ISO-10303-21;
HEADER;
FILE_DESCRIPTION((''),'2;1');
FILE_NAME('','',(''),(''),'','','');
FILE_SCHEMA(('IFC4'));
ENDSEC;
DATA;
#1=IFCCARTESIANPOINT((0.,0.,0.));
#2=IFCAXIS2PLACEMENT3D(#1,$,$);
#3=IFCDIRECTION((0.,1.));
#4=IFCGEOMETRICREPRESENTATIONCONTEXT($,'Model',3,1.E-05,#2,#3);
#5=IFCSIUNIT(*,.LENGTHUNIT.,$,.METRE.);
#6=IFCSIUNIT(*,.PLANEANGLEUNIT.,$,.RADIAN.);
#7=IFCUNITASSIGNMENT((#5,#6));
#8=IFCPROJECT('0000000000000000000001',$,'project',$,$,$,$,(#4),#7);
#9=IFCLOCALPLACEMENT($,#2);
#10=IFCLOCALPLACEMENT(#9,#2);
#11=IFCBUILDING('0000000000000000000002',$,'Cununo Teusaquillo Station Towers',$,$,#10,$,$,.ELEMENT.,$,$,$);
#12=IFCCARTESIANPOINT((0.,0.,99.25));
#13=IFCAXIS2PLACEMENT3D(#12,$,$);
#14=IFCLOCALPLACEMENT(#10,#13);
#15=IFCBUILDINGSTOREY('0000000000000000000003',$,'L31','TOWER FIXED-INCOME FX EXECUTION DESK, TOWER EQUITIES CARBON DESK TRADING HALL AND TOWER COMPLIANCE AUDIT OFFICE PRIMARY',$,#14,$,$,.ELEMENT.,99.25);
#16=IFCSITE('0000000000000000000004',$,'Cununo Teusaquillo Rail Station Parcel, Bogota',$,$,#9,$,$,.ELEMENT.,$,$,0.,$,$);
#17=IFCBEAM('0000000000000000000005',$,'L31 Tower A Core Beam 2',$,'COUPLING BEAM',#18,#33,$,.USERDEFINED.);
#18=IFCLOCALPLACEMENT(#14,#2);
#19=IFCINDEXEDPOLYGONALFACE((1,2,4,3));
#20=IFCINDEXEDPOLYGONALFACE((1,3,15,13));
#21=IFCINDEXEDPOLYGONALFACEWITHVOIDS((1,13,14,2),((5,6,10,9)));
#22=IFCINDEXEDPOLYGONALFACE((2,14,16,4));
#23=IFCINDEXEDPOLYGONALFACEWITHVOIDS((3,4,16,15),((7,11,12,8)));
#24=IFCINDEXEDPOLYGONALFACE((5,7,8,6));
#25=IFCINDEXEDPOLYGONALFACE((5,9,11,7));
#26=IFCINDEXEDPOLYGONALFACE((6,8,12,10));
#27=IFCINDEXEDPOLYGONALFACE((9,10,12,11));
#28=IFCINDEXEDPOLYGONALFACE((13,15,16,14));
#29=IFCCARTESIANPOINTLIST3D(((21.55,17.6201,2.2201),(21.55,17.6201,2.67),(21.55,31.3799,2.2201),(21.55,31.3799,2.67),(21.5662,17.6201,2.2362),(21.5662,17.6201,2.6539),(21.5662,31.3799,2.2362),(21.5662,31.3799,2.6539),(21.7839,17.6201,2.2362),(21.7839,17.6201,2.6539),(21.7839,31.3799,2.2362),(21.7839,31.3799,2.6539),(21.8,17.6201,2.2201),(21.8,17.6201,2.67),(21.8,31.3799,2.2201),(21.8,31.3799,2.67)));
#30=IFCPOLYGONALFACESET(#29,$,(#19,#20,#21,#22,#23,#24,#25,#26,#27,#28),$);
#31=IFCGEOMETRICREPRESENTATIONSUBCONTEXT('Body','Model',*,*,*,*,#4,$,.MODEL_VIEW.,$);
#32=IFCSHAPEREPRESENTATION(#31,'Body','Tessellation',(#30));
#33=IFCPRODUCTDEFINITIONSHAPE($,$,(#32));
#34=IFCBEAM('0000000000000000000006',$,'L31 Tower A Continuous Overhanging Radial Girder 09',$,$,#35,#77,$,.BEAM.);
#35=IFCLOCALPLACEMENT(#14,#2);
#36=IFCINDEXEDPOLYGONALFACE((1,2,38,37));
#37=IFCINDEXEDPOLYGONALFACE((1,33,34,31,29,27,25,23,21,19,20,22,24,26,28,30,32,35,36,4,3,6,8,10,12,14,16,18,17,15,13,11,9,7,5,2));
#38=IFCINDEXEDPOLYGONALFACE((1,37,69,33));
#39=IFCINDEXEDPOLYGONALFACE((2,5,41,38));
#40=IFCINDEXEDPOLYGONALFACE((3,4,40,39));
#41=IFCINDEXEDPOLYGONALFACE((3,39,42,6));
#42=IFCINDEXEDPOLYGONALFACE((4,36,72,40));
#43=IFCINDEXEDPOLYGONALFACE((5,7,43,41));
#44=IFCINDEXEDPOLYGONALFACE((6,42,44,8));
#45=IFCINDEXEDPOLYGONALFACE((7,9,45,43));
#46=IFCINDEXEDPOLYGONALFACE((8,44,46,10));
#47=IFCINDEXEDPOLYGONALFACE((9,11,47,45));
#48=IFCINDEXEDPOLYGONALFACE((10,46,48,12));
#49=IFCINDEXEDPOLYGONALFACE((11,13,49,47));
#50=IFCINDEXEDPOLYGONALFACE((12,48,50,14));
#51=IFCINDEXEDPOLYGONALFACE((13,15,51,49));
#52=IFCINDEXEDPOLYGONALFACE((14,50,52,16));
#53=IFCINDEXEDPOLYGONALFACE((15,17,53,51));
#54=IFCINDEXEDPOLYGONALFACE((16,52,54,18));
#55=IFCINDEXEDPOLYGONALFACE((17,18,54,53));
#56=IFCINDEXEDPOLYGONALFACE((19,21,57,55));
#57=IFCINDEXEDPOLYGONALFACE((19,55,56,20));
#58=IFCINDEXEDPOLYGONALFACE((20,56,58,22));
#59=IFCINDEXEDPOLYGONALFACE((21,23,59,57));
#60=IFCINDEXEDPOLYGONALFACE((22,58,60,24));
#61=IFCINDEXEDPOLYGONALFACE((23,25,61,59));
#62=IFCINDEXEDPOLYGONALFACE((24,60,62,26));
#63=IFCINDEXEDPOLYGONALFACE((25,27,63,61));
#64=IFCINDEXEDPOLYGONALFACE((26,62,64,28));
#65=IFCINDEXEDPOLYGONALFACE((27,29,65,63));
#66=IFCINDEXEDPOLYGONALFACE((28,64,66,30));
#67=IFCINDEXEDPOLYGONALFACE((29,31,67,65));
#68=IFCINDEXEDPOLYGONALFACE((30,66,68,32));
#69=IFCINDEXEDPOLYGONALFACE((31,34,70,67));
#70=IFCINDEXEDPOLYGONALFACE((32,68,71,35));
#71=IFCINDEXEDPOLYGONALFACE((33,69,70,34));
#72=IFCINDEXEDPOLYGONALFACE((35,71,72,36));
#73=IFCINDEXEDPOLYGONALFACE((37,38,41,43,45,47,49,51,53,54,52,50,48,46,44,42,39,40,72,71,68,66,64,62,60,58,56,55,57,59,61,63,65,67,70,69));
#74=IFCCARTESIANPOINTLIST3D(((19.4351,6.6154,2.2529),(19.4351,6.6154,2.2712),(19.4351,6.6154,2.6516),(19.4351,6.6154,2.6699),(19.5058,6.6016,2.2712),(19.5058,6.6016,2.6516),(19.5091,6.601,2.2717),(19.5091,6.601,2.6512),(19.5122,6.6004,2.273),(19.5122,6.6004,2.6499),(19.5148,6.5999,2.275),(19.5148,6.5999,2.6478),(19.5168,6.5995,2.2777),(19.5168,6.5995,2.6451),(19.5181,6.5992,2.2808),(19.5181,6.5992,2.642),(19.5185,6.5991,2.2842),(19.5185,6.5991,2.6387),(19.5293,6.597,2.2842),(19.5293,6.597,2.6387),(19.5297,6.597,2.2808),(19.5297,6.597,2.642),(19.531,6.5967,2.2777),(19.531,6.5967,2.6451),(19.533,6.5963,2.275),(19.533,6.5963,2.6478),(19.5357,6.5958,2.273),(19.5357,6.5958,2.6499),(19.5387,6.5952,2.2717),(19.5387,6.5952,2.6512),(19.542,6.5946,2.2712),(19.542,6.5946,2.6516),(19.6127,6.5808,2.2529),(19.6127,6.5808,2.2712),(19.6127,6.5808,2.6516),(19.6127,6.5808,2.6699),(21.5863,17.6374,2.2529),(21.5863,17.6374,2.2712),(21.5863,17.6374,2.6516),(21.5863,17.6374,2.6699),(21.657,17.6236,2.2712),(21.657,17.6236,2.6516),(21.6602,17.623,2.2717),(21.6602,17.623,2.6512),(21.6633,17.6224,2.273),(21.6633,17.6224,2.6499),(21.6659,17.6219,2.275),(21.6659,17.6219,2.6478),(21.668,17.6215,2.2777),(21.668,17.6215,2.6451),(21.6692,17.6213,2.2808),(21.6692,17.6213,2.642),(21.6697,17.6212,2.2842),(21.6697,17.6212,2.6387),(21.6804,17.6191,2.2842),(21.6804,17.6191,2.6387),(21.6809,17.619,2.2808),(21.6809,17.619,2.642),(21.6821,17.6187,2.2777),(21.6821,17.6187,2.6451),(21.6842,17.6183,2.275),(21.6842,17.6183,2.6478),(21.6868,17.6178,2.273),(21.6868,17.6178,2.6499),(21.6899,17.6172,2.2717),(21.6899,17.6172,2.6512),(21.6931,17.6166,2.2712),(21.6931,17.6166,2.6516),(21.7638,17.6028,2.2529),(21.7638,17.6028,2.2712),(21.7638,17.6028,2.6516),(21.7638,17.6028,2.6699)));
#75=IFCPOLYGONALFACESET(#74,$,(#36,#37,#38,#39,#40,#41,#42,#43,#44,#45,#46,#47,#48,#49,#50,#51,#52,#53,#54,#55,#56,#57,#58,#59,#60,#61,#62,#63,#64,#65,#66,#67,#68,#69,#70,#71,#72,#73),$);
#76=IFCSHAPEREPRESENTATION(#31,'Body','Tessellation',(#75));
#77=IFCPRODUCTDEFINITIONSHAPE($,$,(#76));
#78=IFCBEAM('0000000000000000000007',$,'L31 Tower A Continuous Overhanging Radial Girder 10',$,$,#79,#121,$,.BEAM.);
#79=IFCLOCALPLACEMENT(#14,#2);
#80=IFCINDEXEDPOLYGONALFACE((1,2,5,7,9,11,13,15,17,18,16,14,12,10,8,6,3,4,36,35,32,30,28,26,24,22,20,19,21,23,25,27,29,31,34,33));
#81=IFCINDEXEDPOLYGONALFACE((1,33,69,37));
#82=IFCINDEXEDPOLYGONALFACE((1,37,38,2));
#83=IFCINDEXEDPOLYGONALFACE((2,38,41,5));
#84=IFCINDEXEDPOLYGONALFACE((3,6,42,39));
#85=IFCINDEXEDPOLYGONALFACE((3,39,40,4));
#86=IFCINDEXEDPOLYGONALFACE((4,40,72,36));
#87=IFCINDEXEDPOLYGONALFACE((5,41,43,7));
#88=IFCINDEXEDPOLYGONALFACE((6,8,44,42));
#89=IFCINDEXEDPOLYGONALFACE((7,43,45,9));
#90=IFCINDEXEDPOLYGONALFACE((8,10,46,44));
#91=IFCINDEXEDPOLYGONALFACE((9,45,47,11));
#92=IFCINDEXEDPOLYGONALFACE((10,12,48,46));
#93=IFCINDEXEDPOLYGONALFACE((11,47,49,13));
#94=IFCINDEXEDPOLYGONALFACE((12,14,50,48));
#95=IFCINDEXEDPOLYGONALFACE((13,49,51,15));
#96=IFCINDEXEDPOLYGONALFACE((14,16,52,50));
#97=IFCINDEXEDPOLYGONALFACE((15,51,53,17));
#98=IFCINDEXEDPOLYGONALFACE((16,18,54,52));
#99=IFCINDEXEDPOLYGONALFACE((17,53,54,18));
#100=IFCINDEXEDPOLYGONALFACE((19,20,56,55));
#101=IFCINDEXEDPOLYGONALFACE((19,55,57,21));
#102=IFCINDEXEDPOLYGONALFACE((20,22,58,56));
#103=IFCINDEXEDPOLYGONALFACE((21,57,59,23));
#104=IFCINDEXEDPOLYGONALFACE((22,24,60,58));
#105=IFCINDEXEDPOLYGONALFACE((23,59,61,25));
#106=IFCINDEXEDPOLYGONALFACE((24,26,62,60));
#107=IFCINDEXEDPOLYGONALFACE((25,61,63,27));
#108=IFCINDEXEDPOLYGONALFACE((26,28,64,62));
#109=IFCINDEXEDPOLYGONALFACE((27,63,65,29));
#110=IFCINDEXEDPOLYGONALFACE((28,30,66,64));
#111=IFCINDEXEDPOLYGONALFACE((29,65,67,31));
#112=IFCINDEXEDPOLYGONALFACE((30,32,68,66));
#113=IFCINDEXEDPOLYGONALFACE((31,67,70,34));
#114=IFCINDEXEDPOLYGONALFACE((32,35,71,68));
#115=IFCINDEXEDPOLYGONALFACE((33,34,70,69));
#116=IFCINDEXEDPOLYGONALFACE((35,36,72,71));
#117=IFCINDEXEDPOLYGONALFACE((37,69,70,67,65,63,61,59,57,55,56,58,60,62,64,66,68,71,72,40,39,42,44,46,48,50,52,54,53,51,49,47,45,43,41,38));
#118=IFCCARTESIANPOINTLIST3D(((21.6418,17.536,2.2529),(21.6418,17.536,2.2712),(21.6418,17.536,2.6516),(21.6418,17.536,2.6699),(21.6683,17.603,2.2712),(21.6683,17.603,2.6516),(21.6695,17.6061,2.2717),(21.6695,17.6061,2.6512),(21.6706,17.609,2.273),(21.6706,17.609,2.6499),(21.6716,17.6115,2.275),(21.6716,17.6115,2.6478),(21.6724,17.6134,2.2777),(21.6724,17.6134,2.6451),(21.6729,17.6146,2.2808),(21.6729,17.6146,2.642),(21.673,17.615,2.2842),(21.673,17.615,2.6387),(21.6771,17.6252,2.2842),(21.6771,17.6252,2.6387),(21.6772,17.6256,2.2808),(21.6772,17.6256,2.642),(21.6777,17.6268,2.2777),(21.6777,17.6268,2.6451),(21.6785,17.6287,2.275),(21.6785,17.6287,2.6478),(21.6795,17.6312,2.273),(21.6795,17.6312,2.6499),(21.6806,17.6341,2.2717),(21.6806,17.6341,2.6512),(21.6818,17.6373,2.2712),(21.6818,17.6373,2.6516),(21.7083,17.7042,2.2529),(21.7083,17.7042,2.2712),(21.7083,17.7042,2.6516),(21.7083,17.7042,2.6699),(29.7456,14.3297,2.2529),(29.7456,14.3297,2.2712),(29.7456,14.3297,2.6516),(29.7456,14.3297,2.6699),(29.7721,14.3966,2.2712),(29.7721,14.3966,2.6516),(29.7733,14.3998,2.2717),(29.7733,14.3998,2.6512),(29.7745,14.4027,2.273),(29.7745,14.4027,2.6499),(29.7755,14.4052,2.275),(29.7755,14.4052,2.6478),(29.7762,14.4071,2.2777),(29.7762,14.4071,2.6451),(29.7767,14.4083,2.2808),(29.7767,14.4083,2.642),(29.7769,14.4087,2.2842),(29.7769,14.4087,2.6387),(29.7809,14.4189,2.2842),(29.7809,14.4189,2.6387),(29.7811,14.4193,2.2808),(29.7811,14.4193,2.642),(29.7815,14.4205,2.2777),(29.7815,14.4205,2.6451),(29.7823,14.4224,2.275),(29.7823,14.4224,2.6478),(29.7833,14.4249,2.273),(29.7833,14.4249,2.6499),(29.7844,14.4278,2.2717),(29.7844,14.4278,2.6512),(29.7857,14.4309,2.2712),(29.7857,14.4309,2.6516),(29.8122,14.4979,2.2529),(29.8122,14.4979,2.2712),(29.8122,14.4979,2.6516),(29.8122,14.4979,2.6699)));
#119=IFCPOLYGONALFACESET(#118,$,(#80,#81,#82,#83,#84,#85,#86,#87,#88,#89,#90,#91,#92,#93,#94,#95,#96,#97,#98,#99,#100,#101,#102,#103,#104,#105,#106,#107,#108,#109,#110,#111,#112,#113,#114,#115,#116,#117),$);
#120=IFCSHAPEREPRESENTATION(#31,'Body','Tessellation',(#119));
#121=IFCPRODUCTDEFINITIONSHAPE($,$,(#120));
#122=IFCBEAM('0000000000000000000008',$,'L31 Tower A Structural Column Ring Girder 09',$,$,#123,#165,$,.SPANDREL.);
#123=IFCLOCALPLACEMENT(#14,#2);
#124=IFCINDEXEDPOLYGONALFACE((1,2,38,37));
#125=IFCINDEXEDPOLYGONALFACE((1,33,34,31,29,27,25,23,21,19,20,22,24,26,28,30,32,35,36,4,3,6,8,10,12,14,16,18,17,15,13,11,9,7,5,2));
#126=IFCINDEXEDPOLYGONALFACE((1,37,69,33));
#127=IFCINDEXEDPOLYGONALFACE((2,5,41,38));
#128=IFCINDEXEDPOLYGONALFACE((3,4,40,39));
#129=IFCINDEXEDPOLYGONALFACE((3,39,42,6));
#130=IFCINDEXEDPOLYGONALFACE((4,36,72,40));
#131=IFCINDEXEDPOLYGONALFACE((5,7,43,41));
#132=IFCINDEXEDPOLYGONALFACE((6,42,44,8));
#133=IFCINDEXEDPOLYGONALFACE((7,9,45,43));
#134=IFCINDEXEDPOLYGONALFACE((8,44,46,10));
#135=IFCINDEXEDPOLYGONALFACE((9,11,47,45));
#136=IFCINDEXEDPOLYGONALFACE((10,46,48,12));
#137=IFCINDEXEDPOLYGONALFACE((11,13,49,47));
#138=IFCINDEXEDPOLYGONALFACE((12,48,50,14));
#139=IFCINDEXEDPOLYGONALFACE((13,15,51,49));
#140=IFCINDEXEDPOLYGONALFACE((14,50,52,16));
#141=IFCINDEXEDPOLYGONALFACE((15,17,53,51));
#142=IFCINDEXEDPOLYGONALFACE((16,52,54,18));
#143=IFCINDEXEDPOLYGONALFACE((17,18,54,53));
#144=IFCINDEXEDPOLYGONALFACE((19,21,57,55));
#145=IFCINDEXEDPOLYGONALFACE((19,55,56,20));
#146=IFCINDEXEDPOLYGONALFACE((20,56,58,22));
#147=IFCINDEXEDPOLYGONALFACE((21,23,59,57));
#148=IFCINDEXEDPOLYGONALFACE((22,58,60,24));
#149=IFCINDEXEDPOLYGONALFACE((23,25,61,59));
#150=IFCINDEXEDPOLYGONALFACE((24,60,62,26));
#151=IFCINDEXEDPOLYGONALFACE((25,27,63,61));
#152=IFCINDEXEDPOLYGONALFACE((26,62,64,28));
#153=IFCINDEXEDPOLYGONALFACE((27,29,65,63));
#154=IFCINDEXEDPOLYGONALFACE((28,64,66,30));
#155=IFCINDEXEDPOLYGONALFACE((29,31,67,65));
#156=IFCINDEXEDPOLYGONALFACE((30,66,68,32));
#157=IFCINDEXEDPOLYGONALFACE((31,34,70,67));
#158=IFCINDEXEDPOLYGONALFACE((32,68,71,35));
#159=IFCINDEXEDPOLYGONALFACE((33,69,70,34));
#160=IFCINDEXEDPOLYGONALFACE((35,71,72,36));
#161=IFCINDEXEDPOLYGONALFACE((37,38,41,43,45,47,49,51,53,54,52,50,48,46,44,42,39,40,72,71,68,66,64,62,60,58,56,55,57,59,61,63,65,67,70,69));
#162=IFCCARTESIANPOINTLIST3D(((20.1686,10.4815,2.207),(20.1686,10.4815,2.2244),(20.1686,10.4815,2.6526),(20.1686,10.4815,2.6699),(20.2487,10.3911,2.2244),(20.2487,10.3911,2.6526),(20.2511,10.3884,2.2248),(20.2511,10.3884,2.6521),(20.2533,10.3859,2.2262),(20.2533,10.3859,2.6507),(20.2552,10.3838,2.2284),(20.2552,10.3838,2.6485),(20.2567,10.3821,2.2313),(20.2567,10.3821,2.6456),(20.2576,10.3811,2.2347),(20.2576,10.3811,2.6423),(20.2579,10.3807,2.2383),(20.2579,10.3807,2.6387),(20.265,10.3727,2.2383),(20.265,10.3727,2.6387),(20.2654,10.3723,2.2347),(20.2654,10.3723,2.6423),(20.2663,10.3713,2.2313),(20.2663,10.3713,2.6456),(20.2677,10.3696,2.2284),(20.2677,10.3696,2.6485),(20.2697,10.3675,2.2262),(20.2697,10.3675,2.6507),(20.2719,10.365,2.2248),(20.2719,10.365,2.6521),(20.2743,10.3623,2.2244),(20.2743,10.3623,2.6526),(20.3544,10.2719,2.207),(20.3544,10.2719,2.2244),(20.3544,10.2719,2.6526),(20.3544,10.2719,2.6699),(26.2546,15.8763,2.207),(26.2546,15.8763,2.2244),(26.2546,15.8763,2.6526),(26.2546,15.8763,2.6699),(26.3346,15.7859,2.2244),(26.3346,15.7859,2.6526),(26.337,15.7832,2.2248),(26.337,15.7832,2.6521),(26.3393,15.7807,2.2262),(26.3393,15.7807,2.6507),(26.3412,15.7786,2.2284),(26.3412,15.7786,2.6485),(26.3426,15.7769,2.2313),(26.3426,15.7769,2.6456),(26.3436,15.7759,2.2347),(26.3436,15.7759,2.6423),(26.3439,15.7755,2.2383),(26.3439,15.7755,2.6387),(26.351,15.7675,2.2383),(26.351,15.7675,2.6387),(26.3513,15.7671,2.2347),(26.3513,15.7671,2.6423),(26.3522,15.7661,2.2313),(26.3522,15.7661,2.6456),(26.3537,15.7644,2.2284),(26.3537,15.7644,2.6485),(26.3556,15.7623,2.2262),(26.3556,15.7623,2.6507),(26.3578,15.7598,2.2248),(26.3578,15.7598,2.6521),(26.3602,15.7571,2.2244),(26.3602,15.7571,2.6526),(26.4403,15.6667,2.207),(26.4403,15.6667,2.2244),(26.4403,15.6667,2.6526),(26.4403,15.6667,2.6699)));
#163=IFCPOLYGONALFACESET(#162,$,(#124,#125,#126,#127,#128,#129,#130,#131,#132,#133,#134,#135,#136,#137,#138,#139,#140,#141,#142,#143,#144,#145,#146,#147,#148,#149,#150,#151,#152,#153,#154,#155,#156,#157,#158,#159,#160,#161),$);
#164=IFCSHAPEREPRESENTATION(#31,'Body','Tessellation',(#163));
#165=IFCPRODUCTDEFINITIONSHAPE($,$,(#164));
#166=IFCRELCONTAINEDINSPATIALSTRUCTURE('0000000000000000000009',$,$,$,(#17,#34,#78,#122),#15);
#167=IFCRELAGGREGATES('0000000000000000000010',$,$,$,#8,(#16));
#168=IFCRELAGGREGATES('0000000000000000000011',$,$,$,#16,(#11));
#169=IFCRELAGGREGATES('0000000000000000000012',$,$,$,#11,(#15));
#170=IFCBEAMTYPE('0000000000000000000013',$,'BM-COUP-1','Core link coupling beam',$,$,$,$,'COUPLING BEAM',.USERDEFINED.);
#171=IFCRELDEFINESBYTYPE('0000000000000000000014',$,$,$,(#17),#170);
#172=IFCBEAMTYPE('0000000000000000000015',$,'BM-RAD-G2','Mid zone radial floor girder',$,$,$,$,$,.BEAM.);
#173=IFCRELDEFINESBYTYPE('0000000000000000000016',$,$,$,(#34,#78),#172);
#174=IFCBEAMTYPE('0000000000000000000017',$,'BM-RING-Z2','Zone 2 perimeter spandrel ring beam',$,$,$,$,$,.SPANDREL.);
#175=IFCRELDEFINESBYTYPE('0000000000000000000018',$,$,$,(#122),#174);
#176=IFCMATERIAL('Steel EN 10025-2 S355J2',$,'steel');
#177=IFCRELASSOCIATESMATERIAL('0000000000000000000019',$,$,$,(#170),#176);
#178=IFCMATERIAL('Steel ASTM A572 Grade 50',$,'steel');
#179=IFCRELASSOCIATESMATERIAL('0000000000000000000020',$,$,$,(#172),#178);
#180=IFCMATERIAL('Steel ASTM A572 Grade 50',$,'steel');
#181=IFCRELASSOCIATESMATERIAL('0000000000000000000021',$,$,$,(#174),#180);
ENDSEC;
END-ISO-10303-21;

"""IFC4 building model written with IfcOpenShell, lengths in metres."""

from ifc_helpers import new_model, si_unit, direction, frame, origin, origin_2d, place, context, subcontext, project, spatial, hollow_rectangle, i_section, extrude, material, material_profile, profile_set, type_object, element, save


model = new_model("IFC4")

# Units and contexts
model_context = context("Model", 3, precision=1e-05, world=origin(), true_north=direction((0.0, 1.0)))
body_context = subcontext(model_context, "Body", "Model", "MODEL_VIEW")
ifc_project = project(units=[si_unit("LENGTHUNIT", "METRE"), si_unit("PLANEANGLEUNIT", "RADIAN")], contexts=[model_context])

# Site, building, storey
site_placement = place(None, origin())
site = spatial("IfcSite", under=ifc_project, at=site_placement, Name="Cununo Teusaquillo Rail Station Parcel, Bogota", CompositionType="ELEMENT", RefElevation=0.0)
building_placement = place(site_placement, origin())
building = spatial("IfcBuilding", under=site, at=building_placement, Name="Cununo Teusaquillo Station Towers", CompositionType="ELEMENT")
storey_placement = place(building_placement, frame((0.0, 0.0, 99.25)))
storey = spatial("IfcBuildingStorey", under=building, at=storey_placement, Name="L31", Description="TOWER FIXED-INCOME FX EXECUTION DESK, TOWER EQUITIES CARBON DESK TRADING HALL AND TOWER COMPLIANCE AUDIT OFFICE PRIMARY", CompositionType="ELEMENT", Elevation=99.25)

# Beams
ifc_material_1 = material(Name="Steel EN 10025-2 S355J2", Category="steel")
ifc_material_profile_1 = material_profile(ifc_material_1, hollow_rectangle(XDim=0.25, YDim=0.45, WallThickness=0.0161, at=origin_2d()), Name="RHS 450x250x16")
ifc_profile_set_1 = profile_set([ifc_material_profile_1], Name="Steel EN 10025-2 S355J2")
beam_type_1 = type_object("IfcBeamType", Name="BM-COUP-1", Description="Core link coupling beam", ElementType="COUPLING BEAM", PredefinedType="USERDEFINED", material=ifc_profile_set_1)
beam_1_placement = place(storey_placement, frame((21.675, 17.6201, 2.4451), z_axis=(0.0, 1.0, 0.0), x_axis=(-1.0, 0.0, 0.0)))
element("IfcBeam", 1, at=beam_1_placement, inside=storey, type_object=beam_type_1, Name="L31 Tower A Core Beam 2", ObjectType="COUPLING BEAM", PredefinedType="USERDEFINED", context=body_context, shape_type="SweptSolid", body=[
    extrude(hollow_rectangle(XDim=0.25, YDim=0.45, WallThickness=0.0161, at=origin_2d()), origin(), (0.0, 0.0, 1.0), 13.7598),
])
ifc_material_2 = material(Name="Steel ASTM A572 Grade 50", Category="steel")
ifc_material_profile_2 = material_profile(ifc_material_2, i_section(OverallWidth=0.1809, OverallDepth=0.417, WebThickness=0.011, FlangeThickness=0.0183, FilletRadius=0.0129, at=origin_2d()), Name="W16X57")
ifc_profile_set_2 = profile_set([ifc_material_profile_2], Name="Steel ASTM A572 Grade 50")
beam_type_2 = type_object("IfcBeamType", Name="BM-RAD-G2", Description="Mid zone radial floor girder", PredefinedType="BEAM", material=ifc_profile_set_2)
beam_2_placement = place(storey_placement, frame((21.675, 17.6201, 2.4614), z_axis=(-0.191553, -0.981482, 0.0), x_axis=(0.981482, -0.191553, 0.0)))
element("IfcBeam", 2, at=beam_2_placement, inside=storey, type_object=beam_type_2, Name="L31 Tower A Continuous Overhanging Radial Girder 09", PredefinedType="BEAM", context=body_context, shape_type="SweptSolid", body=[
    extrude(i_section(OverallWidth=0.1809, OverallDepth=0.417, WebThickness=0.011, FlangeThickness=0.0183, FilletRadius=0.0129, at=origin_2d()), origin(), (0.0, 0.0, 1.0), 11.23),
])
beam_3_placement = place(storey_placement, frame((21.675, 17.6201, 2.4614), z_axis=(0.929863, -0.367906, 0.0), x_axis=(0.367906, 0.929863, 0.0)))
element("IfcBeam", 3, at=beam_3_placement, inside=storey, type_object=beam_type_2, Name="L31 Tower A Continuous Overhanging Radial Girder 10", PredefinedType="BEAM", context=body_context, shape_type="SweptSolid", body=[
    extrude(i_section(OverallWidth=0.1809, OverallDepth=0.417, WebThickness=0.011, FlangeThickness=0.0183, FilletRadius=0.0129, at=origin_2d()), origin(), (0.0, 0.0, 1.0), 8.7151),
])
ifc_material_3 = material(Name="Steel ASTM A572 Grade 50", Category="steel")
ifc_material_profile_3 = material_profile(ifc_material_3, i_section(OverallWidth=0.28, OverallDepth=0.4629, WebThickness=0.0107, FlangeThickness=0.0173, FilletRadius=0.0139, at=origin_2d()), Name="W18X76")
ifc_profile_set_3 = profile_set([ifc_material_profile_3], Name="Steel ASTM A572 Grade 50")
beam_type_3 = type_object("IfcBeamType", Name="BM-RING-Z2", Description="Zone 2 perimeter spandrel ring beam", PredefinedType="SPANDREL", material=ifc_profile_set_3)
beam_4_placement = place(storey_placement, frame((20.2615, 10.3767, 2.4385), z_axis=(0.748321, 0.663337, 0.0), x_axis=(-0.663337, 0.748321, 0.0)))
element("IfcBeam", 4, at=beam_4_placement, inside=storey, type_object=beam_type_3, Name="L31 Tower A Structural Column Ring Girder 09", PredefinedType="SPANDREL", context=body_context, shape_type="SweptSolid", body=[
    extrude(i_section(OverallWidth=0.28, OverallDepth=0.4629, WebThickness=0.0107, FlangeThickness=0.0173, FilletRadius=0.0139, at=origin_2d()), origin(), (0.0, 0.0, 1.0), 8.1328),
])

save(model, "model.ifc")
